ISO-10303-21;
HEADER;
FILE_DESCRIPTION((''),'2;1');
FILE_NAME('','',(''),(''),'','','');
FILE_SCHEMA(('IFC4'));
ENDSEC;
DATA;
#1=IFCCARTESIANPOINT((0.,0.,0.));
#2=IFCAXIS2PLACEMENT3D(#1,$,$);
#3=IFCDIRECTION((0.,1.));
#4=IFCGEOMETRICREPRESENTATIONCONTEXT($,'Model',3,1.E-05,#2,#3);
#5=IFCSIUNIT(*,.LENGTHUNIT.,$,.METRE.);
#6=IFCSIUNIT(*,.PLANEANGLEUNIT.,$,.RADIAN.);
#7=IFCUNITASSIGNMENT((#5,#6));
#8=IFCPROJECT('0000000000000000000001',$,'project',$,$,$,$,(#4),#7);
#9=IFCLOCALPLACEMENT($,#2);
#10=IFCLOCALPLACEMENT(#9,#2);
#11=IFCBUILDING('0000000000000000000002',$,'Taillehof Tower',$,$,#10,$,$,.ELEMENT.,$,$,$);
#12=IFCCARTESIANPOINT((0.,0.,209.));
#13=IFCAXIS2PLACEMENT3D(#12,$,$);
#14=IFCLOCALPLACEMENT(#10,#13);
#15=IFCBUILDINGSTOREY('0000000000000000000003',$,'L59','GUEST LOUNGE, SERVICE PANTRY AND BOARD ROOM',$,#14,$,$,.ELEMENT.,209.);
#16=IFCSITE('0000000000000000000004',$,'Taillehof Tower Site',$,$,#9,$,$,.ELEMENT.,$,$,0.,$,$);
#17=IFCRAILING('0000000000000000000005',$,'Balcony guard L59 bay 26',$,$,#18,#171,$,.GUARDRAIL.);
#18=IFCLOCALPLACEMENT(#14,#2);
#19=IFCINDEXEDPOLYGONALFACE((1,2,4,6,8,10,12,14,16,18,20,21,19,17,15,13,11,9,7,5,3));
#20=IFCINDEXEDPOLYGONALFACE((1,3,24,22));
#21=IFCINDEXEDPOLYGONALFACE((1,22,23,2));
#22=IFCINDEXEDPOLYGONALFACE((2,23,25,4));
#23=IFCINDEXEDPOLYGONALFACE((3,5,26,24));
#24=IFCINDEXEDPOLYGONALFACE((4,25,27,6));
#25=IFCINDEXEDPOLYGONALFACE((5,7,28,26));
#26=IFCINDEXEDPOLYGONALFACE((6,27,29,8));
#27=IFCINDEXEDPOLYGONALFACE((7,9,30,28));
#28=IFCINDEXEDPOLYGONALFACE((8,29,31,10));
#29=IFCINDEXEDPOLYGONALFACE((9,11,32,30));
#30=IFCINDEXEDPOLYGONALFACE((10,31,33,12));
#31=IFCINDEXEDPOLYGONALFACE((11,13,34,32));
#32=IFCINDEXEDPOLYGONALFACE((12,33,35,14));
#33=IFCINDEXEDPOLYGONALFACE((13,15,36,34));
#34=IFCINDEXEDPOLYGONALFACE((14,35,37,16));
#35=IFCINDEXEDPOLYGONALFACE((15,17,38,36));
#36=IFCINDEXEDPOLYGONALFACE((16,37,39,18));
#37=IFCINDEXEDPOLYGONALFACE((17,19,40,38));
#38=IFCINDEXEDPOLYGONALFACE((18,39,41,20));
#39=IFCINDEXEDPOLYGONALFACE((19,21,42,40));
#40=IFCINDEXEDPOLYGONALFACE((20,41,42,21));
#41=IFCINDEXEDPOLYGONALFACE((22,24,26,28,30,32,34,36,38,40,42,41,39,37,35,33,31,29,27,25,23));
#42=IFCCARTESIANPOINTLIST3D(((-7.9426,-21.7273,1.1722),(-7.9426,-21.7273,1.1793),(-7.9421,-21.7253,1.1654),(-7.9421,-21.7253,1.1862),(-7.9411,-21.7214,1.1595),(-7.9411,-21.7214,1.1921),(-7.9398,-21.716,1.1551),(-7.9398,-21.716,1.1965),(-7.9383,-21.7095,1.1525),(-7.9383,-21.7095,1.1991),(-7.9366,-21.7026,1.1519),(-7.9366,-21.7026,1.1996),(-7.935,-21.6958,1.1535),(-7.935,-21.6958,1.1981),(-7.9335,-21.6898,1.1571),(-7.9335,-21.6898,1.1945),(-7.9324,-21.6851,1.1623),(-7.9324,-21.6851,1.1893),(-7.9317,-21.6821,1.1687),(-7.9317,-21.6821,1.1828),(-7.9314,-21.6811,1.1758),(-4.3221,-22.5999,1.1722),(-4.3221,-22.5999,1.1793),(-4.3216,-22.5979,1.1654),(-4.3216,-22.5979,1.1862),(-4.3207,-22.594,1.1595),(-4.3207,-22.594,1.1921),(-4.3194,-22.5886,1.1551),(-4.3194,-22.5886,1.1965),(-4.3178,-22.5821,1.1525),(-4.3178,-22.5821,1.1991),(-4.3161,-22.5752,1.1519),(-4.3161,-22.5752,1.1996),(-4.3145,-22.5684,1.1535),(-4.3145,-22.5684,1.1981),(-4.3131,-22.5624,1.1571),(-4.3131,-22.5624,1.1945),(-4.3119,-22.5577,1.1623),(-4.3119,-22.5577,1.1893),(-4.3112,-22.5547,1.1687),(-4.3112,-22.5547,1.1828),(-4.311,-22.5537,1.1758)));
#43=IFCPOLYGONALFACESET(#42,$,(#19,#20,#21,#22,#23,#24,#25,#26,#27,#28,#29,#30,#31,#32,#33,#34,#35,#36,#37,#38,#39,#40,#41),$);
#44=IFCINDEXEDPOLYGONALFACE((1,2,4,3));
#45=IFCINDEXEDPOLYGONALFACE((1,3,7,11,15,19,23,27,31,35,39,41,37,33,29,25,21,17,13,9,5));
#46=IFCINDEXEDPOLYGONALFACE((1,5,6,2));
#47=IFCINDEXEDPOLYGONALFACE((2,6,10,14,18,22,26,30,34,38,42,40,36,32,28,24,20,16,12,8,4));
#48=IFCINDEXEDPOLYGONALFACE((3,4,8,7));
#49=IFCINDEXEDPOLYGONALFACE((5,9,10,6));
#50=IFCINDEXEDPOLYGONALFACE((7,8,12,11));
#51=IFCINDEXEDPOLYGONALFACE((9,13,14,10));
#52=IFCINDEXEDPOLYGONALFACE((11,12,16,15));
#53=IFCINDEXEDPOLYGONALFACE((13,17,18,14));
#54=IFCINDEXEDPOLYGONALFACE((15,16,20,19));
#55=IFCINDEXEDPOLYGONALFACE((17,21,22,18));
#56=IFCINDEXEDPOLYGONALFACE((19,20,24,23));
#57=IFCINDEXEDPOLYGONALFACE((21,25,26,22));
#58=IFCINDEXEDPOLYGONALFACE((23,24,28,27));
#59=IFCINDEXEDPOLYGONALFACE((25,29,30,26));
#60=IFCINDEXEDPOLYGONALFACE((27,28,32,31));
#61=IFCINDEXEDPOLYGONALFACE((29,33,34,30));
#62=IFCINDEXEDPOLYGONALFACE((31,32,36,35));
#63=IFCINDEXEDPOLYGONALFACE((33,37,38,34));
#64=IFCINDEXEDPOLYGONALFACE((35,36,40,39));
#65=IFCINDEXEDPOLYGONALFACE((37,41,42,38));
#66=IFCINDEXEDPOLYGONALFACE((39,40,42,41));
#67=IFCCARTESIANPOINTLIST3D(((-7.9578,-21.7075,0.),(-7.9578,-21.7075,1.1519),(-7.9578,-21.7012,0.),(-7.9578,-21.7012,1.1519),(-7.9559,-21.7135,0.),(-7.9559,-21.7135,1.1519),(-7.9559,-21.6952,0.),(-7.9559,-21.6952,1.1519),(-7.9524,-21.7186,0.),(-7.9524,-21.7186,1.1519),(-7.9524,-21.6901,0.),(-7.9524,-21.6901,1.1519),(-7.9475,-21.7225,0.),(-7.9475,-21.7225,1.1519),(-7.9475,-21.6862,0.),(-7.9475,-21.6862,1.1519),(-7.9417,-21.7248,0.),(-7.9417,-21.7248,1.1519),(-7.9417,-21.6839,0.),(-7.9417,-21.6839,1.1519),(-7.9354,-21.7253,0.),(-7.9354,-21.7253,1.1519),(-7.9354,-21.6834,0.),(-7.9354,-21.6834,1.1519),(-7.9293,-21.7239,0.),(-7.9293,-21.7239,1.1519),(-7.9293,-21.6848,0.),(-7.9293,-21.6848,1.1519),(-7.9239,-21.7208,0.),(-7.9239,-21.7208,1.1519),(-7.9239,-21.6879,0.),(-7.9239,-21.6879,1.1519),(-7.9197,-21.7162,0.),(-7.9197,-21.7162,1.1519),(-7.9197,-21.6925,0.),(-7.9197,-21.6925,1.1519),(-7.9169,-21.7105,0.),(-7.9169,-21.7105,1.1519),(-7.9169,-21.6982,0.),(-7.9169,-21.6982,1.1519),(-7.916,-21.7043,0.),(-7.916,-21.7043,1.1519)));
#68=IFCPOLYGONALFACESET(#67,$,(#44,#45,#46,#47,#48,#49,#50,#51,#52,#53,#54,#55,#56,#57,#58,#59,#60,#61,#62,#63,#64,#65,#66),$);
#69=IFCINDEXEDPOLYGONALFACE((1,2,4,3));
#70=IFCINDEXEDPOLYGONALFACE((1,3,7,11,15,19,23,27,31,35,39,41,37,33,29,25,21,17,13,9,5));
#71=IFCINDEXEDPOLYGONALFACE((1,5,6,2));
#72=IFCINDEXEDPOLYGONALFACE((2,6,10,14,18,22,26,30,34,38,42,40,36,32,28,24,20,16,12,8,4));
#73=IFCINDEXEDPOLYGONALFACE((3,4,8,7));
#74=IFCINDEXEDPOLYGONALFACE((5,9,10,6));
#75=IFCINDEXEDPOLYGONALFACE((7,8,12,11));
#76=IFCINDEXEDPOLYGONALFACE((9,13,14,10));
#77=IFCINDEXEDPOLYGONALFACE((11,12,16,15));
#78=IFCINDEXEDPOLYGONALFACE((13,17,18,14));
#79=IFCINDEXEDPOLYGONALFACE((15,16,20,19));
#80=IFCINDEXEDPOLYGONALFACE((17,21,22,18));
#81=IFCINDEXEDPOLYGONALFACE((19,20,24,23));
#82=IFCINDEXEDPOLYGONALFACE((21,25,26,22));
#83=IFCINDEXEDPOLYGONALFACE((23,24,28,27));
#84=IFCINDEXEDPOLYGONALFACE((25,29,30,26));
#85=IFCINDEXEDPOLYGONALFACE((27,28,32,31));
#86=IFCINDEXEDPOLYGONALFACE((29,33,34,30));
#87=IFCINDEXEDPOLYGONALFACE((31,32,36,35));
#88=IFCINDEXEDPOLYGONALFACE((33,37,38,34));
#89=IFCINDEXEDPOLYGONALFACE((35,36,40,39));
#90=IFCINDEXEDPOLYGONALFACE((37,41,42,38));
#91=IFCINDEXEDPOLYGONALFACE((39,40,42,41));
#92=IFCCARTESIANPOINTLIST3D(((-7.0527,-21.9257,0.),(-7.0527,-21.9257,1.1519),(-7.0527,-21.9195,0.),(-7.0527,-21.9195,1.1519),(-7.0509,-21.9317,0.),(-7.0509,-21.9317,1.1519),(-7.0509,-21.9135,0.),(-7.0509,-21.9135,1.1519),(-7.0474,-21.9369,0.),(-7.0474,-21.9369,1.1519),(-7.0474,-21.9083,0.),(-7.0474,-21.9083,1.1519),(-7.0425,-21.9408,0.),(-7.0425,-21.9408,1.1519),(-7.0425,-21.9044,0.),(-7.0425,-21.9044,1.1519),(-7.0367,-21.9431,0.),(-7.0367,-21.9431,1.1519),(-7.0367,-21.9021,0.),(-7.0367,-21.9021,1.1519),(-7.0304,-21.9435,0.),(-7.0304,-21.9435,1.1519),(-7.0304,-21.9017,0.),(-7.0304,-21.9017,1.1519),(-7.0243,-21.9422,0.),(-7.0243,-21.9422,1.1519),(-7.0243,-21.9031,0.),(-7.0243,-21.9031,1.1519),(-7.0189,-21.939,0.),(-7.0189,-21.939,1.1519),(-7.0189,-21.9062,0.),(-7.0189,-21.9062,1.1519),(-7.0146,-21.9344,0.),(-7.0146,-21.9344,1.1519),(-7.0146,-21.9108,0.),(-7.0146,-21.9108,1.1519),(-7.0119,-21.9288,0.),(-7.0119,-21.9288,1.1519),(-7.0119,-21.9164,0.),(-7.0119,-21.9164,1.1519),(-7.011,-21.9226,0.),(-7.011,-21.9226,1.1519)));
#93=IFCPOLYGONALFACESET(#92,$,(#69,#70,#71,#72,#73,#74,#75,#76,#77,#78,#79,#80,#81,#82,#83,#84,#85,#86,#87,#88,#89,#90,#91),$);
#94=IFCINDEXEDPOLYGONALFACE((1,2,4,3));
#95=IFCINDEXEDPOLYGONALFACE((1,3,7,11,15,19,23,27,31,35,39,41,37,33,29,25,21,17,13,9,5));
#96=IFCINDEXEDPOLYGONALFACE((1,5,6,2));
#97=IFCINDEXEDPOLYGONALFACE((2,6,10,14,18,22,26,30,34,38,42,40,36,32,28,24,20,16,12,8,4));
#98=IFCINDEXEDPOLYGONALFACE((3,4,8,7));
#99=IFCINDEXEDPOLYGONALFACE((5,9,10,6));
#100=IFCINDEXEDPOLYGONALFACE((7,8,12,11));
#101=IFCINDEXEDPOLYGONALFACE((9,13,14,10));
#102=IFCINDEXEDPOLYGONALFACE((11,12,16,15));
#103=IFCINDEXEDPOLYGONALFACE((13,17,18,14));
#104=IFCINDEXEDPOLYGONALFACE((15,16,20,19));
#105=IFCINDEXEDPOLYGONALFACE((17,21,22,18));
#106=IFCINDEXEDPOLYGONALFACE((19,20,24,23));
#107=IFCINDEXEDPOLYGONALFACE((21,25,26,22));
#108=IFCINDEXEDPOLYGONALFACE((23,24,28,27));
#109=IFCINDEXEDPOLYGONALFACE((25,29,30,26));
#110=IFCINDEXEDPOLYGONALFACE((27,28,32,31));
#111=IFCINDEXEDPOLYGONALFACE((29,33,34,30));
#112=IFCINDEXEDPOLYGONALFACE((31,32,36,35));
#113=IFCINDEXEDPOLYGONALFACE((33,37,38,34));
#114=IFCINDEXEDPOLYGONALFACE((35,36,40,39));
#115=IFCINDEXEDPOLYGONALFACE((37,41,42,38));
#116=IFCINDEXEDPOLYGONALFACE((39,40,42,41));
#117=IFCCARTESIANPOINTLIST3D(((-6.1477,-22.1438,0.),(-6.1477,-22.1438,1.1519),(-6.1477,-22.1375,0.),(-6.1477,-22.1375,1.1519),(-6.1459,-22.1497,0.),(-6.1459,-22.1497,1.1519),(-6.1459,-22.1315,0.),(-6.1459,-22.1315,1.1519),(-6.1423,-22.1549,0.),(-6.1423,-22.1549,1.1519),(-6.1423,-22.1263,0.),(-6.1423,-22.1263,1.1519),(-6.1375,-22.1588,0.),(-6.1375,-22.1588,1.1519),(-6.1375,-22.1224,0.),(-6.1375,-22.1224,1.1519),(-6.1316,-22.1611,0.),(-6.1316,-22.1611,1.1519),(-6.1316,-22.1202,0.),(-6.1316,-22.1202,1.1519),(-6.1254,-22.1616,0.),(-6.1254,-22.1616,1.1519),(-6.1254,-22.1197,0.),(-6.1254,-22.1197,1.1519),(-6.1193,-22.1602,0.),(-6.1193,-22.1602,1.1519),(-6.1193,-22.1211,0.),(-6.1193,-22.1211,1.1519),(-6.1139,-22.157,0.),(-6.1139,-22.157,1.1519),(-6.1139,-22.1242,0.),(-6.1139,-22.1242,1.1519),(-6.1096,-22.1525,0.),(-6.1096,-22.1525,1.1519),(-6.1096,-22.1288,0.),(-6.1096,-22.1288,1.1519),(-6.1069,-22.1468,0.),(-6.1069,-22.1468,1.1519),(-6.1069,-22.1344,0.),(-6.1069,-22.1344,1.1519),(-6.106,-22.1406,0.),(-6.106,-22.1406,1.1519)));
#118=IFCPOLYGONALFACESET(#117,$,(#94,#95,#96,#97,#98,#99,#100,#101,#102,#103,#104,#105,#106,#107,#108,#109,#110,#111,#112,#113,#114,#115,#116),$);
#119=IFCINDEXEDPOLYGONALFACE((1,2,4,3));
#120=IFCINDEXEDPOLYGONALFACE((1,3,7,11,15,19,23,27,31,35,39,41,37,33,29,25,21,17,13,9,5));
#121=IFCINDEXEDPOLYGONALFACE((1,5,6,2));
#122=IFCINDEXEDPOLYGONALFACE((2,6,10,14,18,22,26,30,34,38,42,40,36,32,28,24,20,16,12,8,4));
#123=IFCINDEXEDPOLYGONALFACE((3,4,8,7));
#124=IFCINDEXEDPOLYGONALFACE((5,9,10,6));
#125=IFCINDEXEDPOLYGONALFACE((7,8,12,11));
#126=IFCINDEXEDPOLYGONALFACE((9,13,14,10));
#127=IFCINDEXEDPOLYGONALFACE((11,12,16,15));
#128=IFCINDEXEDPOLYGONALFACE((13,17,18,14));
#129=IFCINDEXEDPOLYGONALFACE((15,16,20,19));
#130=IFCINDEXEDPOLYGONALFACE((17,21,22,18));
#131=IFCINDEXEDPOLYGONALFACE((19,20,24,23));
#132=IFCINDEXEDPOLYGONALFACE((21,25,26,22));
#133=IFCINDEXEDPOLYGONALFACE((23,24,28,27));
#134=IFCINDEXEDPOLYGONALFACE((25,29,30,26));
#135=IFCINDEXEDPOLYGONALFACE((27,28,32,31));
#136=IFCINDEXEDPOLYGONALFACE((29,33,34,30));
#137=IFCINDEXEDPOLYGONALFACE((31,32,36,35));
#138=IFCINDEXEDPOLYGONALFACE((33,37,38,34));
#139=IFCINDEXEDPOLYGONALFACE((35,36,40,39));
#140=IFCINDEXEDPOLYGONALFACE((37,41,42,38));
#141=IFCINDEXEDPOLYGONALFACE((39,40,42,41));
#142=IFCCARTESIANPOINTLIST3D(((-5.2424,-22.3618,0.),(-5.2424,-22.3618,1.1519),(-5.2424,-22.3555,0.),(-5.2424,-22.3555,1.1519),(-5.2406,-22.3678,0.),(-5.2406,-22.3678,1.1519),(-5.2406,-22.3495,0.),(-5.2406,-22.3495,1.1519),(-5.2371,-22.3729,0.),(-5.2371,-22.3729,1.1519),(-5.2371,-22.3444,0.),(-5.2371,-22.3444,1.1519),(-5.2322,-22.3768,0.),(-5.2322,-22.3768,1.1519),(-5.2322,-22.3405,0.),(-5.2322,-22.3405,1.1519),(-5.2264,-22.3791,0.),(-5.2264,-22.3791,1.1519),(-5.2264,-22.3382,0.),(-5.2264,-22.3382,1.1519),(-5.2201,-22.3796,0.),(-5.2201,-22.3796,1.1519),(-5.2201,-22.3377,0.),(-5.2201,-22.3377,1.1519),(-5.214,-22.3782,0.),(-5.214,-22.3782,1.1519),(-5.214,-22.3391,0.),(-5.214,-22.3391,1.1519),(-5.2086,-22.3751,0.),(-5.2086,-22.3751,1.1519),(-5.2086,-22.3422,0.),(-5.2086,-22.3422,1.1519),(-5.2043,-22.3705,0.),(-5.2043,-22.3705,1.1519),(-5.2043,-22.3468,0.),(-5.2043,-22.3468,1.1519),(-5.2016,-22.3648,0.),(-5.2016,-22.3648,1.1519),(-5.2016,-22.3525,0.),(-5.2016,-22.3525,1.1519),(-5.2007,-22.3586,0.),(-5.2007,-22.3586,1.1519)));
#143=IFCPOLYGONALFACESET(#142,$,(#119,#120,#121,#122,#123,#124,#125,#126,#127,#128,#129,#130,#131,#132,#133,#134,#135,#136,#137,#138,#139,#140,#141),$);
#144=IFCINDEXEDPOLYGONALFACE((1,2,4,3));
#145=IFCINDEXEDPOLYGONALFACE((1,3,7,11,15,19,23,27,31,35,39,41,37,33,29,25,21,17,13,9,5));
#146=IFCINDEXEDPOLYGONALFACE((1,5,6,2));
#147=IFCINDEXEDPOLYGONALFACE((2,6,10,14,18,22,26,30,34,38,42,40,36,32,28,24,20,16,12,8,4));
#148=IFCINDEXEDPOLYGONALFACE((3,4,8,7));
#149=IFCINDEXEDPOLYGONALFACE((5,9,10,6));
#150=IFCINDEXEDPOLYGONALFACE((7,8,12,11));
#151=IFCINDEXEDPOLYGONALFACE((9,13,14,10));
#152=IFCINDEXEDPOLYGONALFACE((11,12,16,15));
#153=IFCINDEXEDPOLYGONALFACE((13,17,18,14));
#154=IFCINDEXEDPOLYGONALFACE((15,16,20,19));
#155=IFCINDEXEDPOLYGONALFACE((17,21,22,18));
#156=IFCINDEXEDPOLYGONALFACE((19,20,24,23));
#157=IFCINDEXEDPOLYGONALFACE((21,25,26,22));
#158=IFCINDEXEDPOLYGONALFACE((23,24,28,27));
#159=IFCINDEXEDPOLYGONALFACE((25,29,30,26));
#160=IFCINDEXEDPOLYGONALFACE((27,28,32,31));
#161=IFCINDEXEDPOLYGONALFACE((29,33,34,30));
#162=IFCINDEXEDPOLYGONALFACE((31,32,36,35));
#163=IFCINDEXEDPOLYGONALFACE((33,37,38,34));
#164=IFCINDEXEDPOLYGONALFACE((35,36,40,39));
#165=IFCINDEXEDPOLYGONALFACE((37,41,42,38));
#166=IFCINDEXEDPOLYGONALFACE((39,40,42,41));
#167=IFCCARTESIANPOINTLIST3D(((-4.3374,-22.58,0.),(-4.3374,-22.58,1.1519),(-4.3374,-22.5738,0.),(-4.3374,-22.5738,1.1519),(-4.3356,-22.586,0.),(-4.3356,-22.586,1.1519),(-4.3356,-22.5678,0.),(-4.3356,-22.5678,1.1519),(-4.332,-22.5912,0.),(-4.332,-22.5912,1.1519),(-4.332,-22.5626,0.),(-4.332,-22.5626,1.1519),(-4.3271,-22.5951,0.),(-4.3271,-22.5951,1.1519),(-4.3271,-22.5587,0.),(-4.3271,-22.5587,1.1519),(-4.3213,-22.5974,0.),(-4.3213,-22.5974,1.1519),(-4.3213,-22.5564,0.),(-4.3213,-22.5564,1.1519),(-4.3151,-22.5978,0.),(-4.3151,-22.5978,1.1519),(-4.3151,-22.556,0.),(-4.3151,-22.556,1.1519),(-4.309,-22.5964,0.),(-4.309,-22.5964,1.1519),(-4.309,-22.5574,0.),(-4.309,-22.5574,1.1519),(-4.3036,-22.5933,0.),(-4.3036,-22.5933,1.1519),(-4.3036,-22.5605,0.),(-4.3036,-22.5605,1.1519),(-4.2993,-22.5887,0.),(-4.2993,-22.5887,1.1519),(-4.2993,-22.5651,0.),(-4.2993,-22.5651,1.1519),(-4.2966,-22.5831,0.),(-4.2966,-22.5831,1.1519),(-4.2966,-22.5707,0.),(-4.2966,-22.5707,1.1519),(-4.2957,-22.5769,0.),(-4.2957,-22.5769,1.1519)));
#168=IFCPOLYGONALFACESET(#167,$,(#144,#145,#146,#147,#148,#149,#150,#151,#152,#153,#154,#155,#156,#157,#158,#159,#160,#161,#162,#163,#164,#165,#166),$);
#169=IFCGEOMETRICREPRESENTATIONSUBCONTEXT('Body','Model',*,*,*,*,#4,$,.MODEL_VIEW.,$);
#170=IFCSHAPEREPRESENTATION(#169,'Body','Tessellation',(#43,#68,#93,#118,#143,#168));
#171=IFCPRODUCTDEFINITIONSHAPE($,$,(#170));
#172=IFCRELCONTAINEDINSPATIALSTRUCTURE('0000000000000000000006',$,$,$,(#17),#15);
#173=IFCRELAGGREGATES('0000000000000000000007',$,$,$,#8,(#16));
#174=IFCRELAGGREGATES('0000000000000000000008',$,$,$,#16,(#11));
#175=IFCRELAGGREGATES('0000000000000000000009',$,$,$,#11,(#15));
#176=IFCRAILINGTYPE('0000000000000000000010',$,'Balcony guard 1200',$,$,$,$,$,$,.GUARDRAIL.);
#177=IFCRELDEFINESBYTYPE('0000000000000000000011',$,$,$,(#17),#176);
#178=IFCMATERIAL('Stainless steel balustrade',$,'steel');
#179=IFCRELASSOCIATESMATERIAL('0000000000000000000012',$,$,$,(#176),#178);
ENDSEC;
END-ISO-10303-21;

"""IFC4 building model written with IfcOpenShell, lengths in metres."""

from ifc_helpers import new_model, si_unit, direction, frame, origin, origin_2d, place, context, subcontext, project, spatial, circle, extrude, material, type_object, element, save


model = new_model("IFC4")

# Units and contexts
model_context = context("Model", 3, precision=1e-05, world=origin(), true_north=direction((0.0, 1.0)))
body_context = subcontext(model_context, "Body", "Model", "MODEL_VIEW")
ifc_project = project(units=[si_unit("LENGTHUNIT", "METRE"), si_unit("PLANEANGLEUNIT", "RADIAN")], contexts=[model_context])

# Site, building, storey
site_placement = place(None, origin())
site = spatial("IfcSite", under=ifc_project, at=site_placement, Name="Taillehof Tower Site", CompositionType="ELEMENT", RefElevation=0.0)
building_placement = place(site_placement, origin())
building = spatial("IfcBuilding", under=site, at=building_placement, Name="Taillehof Tower", CompositionType="ELEMENT")
storey_placement = place(building_placement, frame((0.0, 0.0, 209.0)))
storey = spatial("IfcBuildingStorey", under=building, at=storey_placement, Name="L59", Description="GUEST LOUNGE, SERVICE PANTRY AND BOARD ROOM", CompositionType="ELEMENT", Elevation=209.0)

# Railing
ifc_material_1 = material(Name="Stainless steel balustrade", Category="steel")
railing_type = type_object("IfcRailingType", Name="Balcony guard 1200", PredefinedType="GUARDRAIL", material=ifc_material_1)
railing_1_placement = place(storey_placement, frame((-7.937, -21.7043, 0.0)))
element("IfcRailing", 1, at=railing_1_placement, inside=storey, type_object=railing_type, Name="Balcony guard L59 bay 26", PredefinedType="GUARDRAIL", context=body_context, shape_type="SweptSolid", body=[
    extrude(circle(Radius=0.0239, at=origin_2d()), frame((0.0, 0.0, 1.1758), z_axis=(0.972163, -0.234305, 0.0), x_axis=(0.234305, 0.972163, 0.0)), (0.0, 0.0, 1.0), 3.7241),
    extrude(circle(Radius=0.021, at=origin_2d()), origin(), (0.0, 0.0, 1.0), 1.1519),
    extrude(circle(Radius=0.021, at=origin_2d()), frame((0.905, -0.2183, 0.0)), (0.0, 0.0, 1.0), 1.1519),
    extrude(circle(Radius=0.021, at=origin_2d()), frame((1.8101, -0.4363, 0.0)), (0.0, 0.0, 1.0), 1.1519),
    extrude(circle(Radius=0.021, at=origin_2d()), frame((2.7153, -0.6543, 0.0)), (0.0, 0.0, 1.0), 1.1519),
    extrude(circle(Radius=0.021, at=origin_2d()), frame((3.6204, -0.8726, 0.0)), (0.0, 0.0, 1.0), 1.1519),
])

save(model, "model.ifc")
